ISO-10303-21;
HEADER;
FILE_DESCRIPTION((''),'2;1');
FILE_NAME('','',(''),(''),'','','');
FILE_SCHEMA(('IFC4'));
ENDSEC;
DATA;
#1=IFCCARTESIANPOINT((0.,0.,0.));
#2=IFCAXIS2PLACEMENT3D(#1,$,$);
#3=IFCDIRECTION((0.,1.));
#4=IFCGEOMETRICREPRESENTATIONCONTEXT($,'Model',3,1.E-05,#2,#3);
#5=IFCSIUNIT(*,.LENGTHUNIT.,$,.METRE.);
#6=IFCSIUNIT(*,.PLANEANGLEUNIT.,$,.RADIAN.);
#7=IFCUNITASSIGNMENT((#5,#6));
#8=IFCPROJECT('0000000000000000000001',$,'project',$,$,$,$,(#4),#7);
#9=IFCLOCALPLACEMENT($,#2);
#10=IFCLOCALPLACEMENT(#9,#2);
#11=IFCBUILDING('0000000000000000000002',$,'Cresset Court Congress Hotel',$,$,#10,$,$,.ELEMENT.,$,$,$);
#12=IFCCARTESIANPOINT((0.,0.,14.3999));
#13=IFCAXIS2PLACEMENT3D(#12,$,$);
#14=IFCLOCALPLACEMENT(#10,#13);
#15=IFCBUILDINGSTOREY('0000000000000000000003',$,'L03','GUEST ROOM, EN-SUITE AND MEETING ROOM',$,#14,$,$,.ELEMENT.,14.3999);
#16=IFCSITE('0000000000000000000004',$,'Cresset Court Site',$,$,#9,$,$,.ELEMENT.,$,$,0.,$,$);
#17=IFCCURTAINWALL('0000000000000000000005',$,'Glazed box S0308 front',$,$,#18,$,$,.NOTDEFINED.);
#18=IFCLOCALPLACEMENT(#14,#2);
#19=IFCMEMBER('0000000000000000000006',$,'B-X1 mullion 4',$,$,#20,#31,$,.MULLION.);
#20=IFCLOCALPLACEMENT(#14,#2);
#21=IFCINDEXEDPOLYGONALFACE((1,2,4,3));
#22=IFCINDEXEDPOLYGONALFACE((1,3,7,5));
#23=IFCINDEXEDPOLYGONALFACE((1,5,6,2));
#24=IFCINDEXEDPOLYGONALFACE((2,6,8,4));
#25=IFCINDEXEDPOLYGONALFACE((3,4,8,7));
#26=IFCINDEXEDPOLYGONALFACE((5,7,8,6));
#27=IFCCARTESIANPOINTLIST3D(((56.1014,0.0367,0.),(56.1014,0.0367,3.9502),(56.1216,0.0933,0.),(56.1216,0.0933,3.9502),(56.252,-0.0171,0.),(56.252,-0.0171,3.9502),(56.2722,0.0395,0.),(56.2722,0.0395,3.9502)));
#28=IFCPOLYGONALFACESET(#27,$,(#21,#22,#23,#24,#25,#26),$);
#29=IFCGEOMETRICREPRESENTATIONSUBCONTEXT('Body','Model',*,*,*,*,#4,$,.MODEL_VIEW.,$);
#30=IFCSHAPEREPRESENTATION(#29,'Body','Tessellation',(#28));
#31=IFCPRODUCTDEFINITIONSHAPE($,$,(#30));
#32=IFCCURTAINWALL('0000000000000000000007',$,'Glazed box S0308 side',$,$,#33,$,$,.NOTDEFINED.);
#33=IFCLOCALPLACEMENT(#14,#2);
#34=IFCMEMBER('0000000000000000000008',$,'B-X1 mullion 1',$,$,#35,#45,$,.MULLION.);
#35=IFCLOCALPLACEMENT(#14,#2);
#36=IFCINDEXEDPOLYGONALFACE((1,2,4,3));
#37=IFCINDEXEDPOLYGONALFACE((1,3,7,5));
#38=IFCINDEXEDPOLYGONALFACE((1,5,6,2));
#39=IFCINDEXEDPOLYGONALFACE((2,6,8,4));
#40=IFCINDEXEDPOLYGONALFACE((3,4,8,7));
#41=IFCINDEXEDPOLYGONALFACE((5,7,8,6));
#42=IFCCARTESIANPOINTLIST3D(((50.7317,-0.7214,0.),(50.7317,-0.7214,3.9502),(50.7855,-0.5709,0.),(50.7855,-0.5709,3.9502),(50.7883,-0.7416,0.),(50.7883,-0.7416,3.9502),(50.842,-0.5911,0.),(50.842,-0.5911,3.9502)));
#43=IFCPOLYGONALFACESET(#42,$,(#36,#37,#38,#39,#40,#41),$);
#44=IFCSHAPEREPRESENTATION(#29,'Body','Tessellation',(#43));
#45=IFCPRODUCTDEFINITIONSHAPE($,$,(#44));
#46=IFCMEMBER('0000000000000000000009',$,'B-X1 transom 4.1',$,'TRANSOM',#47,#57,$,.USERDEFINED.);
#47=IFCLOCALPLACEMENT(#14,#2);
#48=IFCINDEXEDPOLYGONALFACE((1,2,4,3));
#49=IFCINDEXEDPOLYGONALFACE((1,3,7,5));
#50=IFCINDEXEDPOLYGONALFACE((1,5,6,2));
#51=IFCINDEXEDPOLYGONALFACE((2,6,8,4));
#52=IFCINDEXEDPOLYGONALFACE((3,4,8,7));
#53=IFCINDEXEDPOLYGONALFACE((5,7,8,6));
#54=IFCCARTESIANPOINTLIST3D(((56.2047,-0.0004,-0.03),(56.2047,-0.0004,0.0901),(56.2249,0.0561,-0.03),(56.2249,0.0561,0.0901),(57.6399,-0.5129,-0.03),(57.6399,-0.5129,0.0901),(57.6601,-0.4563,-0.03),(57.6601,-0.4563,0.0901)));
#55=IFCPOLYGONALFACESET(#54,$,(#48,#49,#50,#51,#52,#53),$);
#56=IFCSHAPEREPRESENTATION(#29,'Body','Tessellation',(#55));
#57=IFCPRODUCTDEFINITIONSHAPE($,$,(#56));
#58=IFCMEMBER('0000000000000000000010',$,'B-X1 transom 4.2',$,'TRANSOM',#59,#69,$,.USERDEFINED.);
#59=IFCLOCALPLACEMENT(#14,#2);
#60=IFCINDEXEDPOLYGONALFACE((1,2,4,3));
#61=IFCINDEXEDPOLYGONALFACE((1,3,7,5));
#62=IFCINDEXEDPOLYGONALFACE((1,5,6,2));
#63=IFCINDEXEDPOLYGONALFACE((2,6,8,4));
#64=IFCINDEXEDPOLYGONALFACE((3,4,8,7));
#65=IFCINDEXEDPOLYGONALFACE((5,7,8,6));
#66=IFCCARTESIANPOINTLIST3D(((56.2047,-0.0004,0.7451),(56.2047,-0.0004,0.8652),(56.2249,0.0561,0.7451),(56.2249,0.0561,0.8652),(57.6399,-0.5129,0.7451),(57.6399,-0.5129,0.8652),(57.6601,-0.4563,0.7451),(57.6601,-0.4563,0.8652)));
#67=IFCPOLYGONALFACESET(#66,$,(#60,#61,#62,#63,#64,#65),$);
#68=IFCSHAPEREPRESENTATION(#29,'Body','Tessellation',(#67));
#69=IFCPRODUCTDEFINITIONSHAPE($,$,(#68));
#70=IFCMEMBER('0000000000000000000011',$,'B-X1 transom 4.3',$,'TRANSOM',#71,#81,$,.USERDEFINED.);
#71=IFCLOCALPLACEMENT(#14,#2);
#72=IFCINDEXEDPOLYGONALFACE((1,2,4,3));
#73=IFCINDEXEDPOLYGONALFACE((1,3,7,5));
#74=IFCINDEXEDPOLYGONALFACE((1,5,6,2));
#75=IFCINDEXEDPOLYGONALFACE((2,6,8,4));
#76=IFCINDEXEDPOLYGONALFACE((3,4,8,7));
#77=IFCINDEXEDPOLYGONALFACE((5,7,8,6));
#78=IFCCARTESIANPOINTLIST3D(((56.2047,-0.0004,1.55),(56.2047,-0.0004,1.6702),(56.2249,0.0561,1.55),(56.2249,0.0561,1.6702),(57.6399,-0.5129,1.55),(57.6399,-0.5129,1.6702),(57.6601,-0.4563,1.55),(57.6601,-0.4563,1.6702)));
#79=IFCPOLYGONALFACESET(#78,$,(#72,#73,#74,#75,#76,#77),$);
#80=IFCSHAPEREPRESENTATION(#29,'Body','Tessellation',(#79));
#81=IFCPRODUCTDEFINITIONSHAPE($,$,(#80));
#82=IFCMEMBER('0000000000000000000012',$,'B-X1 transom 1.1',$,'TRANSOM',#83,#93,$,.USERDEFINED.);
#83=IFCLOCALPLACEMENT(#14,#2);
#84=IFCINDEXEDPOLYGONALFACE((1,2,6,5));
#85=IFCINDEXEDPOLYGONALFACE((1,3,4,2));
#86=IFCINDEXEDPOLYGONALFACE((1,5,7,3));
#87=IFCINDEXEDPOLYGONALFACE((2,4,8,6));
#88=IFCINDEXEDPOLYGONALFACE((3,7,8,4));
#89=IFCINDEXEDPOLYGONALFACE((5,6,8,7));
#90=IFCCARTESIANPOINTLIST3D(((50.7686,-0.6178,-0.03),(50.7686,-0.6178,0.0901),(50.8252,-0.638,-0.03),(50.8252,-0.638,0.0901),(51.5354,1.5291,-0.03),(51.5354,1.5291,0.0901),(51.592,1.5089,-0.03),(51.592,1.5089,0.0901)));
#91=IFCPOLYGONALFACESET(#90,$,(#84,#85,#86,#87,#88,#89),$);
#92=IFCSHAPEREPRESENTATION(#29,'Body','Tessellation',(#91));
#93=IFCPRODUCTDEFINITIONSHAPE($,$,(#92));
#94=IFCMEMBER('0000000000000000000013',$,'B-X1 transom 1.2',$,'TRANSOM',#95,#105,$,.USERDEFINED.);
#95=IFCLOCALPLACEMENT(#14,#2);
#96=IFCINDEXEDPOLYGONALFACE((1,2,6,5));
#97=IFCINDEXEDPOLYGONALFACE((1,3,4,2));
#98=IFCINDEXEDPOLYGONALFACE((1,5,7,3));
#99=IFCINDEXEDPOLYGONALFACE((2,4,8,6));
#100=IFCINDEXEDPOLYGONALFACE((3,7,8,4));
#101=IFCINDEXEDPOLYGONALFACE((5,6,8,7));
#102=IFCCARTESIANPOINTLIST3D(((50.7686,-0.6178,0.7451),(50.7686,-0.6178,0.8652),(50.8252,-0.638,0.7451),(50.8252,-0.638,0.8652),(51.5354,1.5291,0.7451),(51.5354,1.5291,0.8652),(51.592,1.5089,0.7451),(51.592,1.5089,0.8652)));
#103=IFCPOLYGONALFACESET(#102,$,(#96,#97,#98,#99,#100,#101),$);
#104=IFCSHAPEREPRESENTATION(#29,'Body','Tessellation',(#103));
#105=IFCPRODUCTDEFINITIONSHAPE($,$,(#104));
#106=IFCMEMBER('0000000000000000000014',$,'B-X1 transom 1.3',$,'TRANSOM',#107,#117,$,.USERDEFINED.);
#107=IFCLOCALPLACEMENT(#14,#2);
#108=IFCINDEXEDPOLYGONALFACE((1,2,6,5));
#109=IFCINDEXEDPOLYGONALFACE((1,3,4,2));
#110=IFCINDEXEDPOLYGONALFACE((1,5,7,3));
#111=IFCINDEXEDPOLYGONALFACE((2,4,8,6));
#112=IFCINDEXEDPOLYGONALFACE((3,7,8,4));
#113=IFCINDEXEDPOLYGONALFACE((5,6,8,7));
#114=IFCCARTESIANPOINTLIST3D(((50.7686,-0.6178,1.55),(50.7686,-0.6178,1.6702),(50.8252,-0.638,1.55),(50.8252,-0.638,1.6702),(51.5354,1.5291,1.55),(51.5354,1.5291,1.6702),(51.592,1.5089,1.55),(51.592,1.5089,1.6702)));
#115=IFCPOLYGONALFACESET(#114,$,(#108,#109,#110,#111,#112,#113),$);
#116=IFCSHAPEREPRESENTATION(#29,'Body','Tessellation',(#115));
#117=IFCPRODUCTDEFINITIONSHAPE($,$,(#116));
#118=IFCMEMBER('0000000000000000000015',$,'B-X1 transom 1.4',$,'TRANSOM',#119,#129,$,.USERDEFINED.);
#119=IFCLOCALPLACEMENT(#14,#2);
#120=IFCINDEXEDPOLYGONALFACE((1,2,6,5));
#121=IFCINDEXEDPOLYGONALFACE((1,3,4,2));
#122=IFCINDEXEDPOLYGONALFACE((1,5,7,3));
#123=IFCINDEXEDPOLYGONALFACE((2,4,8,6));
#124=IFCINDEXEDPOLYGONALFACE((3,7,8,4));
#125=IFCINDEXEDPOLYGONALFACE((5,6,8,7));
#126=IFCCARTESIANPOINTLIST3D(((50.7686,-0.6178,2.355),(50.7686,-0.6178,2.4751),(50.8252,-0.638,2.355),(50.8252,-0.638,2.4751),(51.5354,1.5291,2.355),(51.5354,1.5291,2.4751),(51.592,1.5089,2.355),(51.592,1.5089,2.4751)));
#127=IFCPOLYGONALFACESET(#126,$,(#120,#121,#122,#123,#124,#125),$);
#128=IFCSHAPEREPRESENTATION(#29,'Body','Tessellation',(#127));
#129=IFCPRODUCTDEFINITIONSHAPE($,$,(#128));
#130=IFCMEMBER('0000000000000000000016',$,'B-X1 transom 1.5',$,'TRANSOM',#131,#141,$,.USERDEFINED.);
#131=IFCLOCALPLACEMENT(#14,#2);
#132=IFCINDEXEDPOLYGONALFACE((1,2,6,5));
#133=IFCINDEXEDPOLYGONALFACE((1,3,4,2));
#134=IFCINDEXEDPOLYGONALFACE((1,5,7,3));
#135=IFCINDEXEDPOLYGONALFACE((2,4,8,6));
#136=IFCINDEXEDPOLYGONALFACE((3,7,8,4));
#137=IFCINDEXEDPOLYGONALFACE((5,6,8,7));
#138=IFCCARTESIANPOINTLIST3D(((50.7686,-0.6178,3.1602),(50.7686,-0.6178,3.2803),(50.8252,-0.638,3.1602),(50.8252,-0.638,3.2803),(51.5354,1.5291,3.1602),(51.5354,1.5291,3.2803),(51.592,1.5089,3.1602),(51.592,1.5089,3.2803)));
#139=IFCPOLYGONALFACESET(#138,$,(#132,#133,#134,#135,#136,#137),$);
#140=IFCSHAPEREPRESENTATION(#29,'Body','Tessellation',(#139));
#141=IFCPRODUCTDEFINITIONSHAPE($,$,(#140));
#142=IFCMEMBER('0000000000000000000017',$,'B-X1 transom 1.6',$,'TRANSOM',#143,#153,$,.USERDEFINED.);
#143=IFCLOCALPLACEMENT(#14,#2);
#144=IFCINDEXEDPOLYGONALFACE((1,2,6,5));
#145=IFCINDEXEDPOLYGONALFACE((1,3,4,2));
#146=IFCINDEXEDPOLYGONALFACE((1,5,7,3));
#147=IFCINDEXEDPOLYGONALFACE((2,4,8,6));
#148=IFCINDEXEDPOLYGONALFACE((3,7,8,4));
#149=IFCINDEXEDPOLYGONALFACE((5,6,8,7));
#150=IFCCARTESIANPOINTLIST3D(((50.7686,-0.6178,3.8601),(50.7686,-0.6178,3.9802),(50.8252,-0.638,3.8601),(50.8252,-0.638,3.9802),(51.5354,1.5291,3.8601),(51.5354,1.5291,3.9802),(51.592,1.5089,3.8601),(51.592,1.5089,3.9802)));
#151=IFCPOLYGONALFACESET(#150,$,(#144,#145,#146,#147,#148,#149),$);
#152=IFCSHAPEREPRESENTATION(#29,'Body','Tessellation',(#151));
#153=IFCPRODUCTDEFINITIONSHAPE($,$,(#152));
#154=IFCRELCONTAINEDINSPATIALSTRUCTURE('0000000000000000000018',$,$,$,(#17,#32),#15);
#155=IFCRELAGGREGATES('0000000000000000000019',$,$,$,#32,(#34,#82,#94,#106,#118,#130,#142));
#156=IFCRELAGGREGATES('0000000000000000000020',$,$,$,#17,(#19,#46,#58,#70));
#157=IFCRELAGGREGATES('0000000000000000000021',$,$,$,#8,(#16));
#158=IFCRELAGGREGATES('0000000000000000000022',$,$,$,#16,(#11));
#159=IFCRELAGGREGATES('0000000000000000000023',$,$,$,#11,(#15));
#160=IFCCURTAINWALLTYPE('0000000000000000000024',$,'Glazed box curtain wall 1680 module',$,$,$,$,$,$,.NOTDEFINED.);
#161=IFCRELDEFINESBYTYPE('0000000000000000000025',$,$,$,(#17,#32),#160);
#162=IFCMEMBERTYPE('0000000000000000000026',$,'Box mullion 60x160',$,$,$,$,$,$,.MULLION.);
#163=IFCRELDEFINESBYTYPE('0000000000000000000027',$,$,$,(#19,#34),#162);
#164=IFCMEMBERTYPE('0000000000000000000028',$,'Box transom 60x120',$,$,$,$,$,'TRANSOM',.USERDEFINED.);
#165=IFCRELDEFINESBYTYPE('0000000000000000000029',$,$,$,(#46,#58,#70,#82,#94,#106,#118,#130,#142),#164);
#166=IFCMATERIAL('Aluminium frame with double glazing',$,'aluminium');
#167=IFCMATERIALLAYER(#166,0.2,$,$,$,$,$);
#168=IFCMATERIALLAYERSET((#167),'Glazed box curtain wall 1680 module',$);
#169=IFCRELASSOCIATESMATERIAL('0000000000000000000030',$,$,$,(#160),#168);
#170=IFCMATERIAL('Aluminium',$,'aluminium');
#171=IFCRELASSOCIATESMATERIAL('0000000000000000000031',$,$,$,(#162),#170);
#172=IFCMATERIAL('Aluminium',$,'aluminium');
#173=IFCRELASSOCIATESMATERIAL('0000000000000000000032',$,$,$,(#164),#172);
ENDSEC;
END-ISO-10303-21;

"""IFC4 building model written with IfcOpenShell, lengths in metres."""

from ifc_helpers import new_model, si_unit, direction, frame, origin, origin_2d, place, context, subcontext, project, spatial, rectangle, extrude, material, layer, layer_set, material_profile, profile_set, type_object, element, aggregate, save


model = new_model("IFC4")

# Units and contexts
model_context = context("Model", 3, precision=1e-05, world=origin(), true_north=direction((0.0, 1.0)))
body_context = subcontext(model_context, "Body", "Model", "MODEL_VIEW")
ifc_project = project(units=[si_unit("LENGTHUNIT", "METRE"), si_unit("PLANEANGLEUNIT", "RADIAN")], contexts=[model_context])

# Site, building, storey
site_placement = place(None, origin())
site = spatial("IfcSite", under=ifc_project, at=site_placement, Name="Cresset Court Site", CompositionType="ELEMENT", RefElevation=0.0)
building_placement = place(site_placement, origin())
building = spatial("IfcBuilding", under=site, at=building_placement, Name="Cresset Court Congress Hotel", CompositionType="ELEMENT")
storey_placement = place(building_placement, frame((0.0, 0.0, 14.3999)))
storey = spatial("IfcBuildingStorey", under=building, at=storey_placement, Name="L03", Description="GUEST ROOM, EN-SUITE AND MEETING ROOM", CompositionType="ELEMENT", Elevation=14.3999)

# Curtain walls, members
ifc_material_1 = material(Name="Aluminium frame with double glazing", Category="aluminium")
ifc_layer_1 = layer(ifc_material_1, 0.2)
ifc_layer_set_1 = layer_set([ifc_layer_1], Name="Glazed box curtain wall 1680 module")
curtain_wall_type = type_object("IfcCurtainWallType", Name="Glazed box curtain wall 1680 module", PredefinedType="NOTDEFINED", material=ifc_layer_set_1)
curtain_wall_1_placement = place(storey_placement, origin())
curtain_wall_1 = element("IfcCurtainWall", 1, at=curtain_wall_1_placement, inside=storey, type_object=curtain_wall_type, Name="Glazed box S0308 front", PredefinedType="NOTDEFINED")
ifc_material_2 = material(Name="Aluminium", Category="aluminium")
ifc_material_profile_1 = material_profile(ifc_material_2, rectangle(XDim=0.0601, YDim=0.1599, at=origin_2d()), Name="Box mullion 60x160")
ifc_profile_set_1 = profile_set([ifc_material_profile_1], Name="Aluminium")
member_type_1 = type_object("IfcMemberType", Name="Box mullion 60x160", PredefinedType="MULLION", material=ifc_profile_set_1)
member_1_placement = place(storey_placement, frame((56.1868, 0.0381, 0.0), z_axis=(0.0, 0.0, 1.0), x_axis=(0.336336, 0.941742, 0.0)))
member_1 = element("IfcMember", 2, at=member_1_placement, type_object=member_type_1, Name="B-X1 mullion 4", PredefinedType="MULLION", context=body_context, shape_type="SweptSolid", body=[
    extrude(rectangle(XDim=0.0601, YDim=0.1599, at=origin_2d()), origin(), (0.0, 0.0, 1.0), 3.9502),
])
curtain_wall_2_placement = place(storey_placement, origin())
curtain_wall_2 = element("IfcCurtainWall", 3, at=curtain_wall_2_placement, inside=storey, type_object=curtain_wall_type, Name="Glazed box S0308 side", PredefinedType="NOTDEFINED")
member_2_placement = place(storey_placement, frame((50.7869, -0.6562, 0.0), z_axis=(0.0, 0.0, 1.0), x_axis=(-0.941742, 0.336336, 0.0)))
member_2 = element("IfcMember", 4, at=member_2_placement, type_object=member_type_1, Name="B-X1 mullion 1", PredefinedType="MULLION", context=body_context, shape_type="SweptSolid", body=[
    extrude(rectangle(XDim=0.0601, YDim=0.1599, at=origin_2d()), origin(), (0.0, 0.0, 1.0), 3.9502),
])

# Members
ifc_material_3 = material(Name="Aluminium", Category="aluminium")
ifc_material_profile_2 = material_profile(ifc_material_3, rectangle(XDim=0.0601, YDim=0.1201, at=origin_2d()), Name="Box transom 60x120")
ifc_profile_set_2 = profile_set([ifc_material_profile_2], Name="Aluminium")
member_type_2 = type_object("IfcMemberType", Name="Box transom 60x120", ElementType="TRANSOM", PredefinedType="USERDEFINED", material=ifc_profile_set_2)
member_3_placement = place(storey_placement, frame((56.2148, 0.0278, 0.03), z_axis=(0.941775, -0.336245, 0.0), x_axis=(0.336245, 0.941775, 0.0)))
member_3 = element("IfcMember", 5, at=member_3_placement, type_object=member_type_2, Name="B-X1 transom 4.1", ObjectType="TRANSOM", PredefinedType="USERDEFINED", context=body_context, shape_type="SweptSolid", body=[
    extrude(rectangle(XDim=0.0601, YDim=0.1201, at=origin_2d()), origin(), (0.0, 0.0, 1.0), 1.5239),
])
member_4_placement = place(storey_placement, frame((56.2148, 0.0278, 0.8052), z_axis=(0.941775, -0.336245, 0.0), x_axis=(0.336245, 0.941775, 0.0)))
member_4 = element("IfcMember", 6, at=member_4_placement, type_object=member_type_2, Name="B-X1 transom 4.2", ObjectType="TRANSOM", PredefinedType="USERDEFINED", context=body_context, shape_type="SweptSolid", body=[
    extrude(rectangle(XDim=0.0601, YDim=0.1201, at=origin_2d()), origin(), (0.0, 0.0, 1.0), 1.5239),
])
member_5_placement = place(storey_placement, frame((56.2148, 0.0278, 1.6101), z_axis=(0.941775, -0.336245, 0.0), x_axis=(0.336245, 0.941775, 0.0)))
member_5 = element("IfcMember", 7, at=member_5_placement, type_object=member_type_2, Name="B-X1 transom 4.3", ObjectType="TRANSOM", PredefinedType="USERDEFINED", context=body_context, shape_type="SweptSolid", body=[
    extrude(rectangle(XDim=0.0601, YDim=0.1201, at=origin_2d()), origin(), (0.0, 0.0, 1.0), 1.5239),
])
member_6_placement = place(storey_placement, frame((50.7969, -0.6279, 0.03), z_axis=(0.336364, 0.941732, 0.0), x_axis=(-0.941732, 0.336364, 0.0)))
member_6 = element("IfcMember", 8, at=member_6_placement, type_object=member_type_2, Name="B-X1 transom 1.1", ObjectType="TRANSOM", PredefinedType="USERDEFINED", context=body_context, shape_type="SweptSolid", body=[
    extrude(rectangle(XDim=0.0601, YDim=0.1201, at=origin_2d()), origin(), (0.0, 0.0, 1.0), 2.2798),
])
member_7_placement = place(storey_placement, frame((50.7969, -0.6279, 0.8052), z_axis=(0.336364, 0.941732, 0.0), x_axis=(-0.941732, 0.336364, 0.0)))
member_7 = element("IfcMember", 9, at=member_7_placement, type_object=member_type_2, Name="B-X1 transom 1.2", ObjectType="TRANSOM", PredefinedType="USERDEFINED", context=body_context, shape_type="SweptSolid", body=[
    extrude(rectangle(XDim=0.0601, YDim=0.1201, at=origin_2d()), origin(), (0.0, 0.0, 1.0), 2.2798),
])
member_8_placement = place(storey_placement, frame((50.7969, -0.6279, 1.6101), z_axis=(0.336364, 0.941732, 0.0), x_axis=(-0.941732, 0.336364, 0.0)))
member_8 = element("IfcMember", 10, at=member_8_placement, type_object=member_type_2, Name="B-X1 transom 1.3", ObjectType="TRANSOM", PredefinedType="USERDEFINED", context=body_context, shape_type="SweptSolid", body=[
    extrude(rectangle(XDim=0.0601, YDim=0.1201, at=origin_2d()), origin(), (0.0, 0.0, 1.0), 2.2798),
])
member_9_placement = place(storey_placement, frame((50.7969, -0.6279, 2.415), z_axis=(0.336364, 0.941732, 0.0), x_axis=(-0.941732, 0.336364, 0.0)))
member_9 = element("IfcMember", 11, at=member_9_placement, type_object=member_type_2, Name="B-X1 transom 1.4", ObjectType="TRANSOM", PredefinedType="USERDEFINED", context=body_context, shape_type="SweptSolid", body=[
    extrude(rectangle(XDim=0.0601, YDim=0.1201, at=origin_2d()), origin(), (0.0, 0.0, 1.0), 2.2798),
])
member_10_placement = place(storey_placement, frame((50.7969, -0.6279, 3.2202), z_axis=(0.336364, 0.941732, 0.0), x_axis=(-0.941732, 0.336364, 0.0)))
member_10 = element("IfcMember", 12, at=member_10_placement, type_object=member_type_2, Name="B-X1 transom 1.5", ObjectType="TRANSOM", PredefinedType="USERDEFINED", context=body_context, shape_type="SweptSolid", body=[
    extrude(rectangle(XDim=0.0601, YDim=0.1201, at=origin_2d()), origin(), (0.0, 0.0, 1.0), 2.2798),
])
member_11_placement = place(storey_placement, frame((50.7969, -0.6279, 3.9202), z_axis=(0.336364, 0.941732, 0.0), x_axis=(-0.941732, 0.336364, 0.0)))
member_11 = element("IfcMember", 13, at=member_11_placement, type_object=member_type_2, Name="B-X1 transom 1.6", ObjectType="TRANSOM", PredefinedType="USERDEFINED", context=body_context, shape_type="SweptSolid", body=[
    extrude(rectangle(XDim=0.0601, YDim=0.1201, at=origin_2d()), origin(), (0.0, 0.0, 1.0), 2.2798),
])
aggregate(curtain_wall_2, [member_2, member_6, member_7, member_8, member_9, member_10, member_11])

aggregate(curtain_wall_1, [member_1, member_3, member_4, member_5])

save(model, "model.ifc")
